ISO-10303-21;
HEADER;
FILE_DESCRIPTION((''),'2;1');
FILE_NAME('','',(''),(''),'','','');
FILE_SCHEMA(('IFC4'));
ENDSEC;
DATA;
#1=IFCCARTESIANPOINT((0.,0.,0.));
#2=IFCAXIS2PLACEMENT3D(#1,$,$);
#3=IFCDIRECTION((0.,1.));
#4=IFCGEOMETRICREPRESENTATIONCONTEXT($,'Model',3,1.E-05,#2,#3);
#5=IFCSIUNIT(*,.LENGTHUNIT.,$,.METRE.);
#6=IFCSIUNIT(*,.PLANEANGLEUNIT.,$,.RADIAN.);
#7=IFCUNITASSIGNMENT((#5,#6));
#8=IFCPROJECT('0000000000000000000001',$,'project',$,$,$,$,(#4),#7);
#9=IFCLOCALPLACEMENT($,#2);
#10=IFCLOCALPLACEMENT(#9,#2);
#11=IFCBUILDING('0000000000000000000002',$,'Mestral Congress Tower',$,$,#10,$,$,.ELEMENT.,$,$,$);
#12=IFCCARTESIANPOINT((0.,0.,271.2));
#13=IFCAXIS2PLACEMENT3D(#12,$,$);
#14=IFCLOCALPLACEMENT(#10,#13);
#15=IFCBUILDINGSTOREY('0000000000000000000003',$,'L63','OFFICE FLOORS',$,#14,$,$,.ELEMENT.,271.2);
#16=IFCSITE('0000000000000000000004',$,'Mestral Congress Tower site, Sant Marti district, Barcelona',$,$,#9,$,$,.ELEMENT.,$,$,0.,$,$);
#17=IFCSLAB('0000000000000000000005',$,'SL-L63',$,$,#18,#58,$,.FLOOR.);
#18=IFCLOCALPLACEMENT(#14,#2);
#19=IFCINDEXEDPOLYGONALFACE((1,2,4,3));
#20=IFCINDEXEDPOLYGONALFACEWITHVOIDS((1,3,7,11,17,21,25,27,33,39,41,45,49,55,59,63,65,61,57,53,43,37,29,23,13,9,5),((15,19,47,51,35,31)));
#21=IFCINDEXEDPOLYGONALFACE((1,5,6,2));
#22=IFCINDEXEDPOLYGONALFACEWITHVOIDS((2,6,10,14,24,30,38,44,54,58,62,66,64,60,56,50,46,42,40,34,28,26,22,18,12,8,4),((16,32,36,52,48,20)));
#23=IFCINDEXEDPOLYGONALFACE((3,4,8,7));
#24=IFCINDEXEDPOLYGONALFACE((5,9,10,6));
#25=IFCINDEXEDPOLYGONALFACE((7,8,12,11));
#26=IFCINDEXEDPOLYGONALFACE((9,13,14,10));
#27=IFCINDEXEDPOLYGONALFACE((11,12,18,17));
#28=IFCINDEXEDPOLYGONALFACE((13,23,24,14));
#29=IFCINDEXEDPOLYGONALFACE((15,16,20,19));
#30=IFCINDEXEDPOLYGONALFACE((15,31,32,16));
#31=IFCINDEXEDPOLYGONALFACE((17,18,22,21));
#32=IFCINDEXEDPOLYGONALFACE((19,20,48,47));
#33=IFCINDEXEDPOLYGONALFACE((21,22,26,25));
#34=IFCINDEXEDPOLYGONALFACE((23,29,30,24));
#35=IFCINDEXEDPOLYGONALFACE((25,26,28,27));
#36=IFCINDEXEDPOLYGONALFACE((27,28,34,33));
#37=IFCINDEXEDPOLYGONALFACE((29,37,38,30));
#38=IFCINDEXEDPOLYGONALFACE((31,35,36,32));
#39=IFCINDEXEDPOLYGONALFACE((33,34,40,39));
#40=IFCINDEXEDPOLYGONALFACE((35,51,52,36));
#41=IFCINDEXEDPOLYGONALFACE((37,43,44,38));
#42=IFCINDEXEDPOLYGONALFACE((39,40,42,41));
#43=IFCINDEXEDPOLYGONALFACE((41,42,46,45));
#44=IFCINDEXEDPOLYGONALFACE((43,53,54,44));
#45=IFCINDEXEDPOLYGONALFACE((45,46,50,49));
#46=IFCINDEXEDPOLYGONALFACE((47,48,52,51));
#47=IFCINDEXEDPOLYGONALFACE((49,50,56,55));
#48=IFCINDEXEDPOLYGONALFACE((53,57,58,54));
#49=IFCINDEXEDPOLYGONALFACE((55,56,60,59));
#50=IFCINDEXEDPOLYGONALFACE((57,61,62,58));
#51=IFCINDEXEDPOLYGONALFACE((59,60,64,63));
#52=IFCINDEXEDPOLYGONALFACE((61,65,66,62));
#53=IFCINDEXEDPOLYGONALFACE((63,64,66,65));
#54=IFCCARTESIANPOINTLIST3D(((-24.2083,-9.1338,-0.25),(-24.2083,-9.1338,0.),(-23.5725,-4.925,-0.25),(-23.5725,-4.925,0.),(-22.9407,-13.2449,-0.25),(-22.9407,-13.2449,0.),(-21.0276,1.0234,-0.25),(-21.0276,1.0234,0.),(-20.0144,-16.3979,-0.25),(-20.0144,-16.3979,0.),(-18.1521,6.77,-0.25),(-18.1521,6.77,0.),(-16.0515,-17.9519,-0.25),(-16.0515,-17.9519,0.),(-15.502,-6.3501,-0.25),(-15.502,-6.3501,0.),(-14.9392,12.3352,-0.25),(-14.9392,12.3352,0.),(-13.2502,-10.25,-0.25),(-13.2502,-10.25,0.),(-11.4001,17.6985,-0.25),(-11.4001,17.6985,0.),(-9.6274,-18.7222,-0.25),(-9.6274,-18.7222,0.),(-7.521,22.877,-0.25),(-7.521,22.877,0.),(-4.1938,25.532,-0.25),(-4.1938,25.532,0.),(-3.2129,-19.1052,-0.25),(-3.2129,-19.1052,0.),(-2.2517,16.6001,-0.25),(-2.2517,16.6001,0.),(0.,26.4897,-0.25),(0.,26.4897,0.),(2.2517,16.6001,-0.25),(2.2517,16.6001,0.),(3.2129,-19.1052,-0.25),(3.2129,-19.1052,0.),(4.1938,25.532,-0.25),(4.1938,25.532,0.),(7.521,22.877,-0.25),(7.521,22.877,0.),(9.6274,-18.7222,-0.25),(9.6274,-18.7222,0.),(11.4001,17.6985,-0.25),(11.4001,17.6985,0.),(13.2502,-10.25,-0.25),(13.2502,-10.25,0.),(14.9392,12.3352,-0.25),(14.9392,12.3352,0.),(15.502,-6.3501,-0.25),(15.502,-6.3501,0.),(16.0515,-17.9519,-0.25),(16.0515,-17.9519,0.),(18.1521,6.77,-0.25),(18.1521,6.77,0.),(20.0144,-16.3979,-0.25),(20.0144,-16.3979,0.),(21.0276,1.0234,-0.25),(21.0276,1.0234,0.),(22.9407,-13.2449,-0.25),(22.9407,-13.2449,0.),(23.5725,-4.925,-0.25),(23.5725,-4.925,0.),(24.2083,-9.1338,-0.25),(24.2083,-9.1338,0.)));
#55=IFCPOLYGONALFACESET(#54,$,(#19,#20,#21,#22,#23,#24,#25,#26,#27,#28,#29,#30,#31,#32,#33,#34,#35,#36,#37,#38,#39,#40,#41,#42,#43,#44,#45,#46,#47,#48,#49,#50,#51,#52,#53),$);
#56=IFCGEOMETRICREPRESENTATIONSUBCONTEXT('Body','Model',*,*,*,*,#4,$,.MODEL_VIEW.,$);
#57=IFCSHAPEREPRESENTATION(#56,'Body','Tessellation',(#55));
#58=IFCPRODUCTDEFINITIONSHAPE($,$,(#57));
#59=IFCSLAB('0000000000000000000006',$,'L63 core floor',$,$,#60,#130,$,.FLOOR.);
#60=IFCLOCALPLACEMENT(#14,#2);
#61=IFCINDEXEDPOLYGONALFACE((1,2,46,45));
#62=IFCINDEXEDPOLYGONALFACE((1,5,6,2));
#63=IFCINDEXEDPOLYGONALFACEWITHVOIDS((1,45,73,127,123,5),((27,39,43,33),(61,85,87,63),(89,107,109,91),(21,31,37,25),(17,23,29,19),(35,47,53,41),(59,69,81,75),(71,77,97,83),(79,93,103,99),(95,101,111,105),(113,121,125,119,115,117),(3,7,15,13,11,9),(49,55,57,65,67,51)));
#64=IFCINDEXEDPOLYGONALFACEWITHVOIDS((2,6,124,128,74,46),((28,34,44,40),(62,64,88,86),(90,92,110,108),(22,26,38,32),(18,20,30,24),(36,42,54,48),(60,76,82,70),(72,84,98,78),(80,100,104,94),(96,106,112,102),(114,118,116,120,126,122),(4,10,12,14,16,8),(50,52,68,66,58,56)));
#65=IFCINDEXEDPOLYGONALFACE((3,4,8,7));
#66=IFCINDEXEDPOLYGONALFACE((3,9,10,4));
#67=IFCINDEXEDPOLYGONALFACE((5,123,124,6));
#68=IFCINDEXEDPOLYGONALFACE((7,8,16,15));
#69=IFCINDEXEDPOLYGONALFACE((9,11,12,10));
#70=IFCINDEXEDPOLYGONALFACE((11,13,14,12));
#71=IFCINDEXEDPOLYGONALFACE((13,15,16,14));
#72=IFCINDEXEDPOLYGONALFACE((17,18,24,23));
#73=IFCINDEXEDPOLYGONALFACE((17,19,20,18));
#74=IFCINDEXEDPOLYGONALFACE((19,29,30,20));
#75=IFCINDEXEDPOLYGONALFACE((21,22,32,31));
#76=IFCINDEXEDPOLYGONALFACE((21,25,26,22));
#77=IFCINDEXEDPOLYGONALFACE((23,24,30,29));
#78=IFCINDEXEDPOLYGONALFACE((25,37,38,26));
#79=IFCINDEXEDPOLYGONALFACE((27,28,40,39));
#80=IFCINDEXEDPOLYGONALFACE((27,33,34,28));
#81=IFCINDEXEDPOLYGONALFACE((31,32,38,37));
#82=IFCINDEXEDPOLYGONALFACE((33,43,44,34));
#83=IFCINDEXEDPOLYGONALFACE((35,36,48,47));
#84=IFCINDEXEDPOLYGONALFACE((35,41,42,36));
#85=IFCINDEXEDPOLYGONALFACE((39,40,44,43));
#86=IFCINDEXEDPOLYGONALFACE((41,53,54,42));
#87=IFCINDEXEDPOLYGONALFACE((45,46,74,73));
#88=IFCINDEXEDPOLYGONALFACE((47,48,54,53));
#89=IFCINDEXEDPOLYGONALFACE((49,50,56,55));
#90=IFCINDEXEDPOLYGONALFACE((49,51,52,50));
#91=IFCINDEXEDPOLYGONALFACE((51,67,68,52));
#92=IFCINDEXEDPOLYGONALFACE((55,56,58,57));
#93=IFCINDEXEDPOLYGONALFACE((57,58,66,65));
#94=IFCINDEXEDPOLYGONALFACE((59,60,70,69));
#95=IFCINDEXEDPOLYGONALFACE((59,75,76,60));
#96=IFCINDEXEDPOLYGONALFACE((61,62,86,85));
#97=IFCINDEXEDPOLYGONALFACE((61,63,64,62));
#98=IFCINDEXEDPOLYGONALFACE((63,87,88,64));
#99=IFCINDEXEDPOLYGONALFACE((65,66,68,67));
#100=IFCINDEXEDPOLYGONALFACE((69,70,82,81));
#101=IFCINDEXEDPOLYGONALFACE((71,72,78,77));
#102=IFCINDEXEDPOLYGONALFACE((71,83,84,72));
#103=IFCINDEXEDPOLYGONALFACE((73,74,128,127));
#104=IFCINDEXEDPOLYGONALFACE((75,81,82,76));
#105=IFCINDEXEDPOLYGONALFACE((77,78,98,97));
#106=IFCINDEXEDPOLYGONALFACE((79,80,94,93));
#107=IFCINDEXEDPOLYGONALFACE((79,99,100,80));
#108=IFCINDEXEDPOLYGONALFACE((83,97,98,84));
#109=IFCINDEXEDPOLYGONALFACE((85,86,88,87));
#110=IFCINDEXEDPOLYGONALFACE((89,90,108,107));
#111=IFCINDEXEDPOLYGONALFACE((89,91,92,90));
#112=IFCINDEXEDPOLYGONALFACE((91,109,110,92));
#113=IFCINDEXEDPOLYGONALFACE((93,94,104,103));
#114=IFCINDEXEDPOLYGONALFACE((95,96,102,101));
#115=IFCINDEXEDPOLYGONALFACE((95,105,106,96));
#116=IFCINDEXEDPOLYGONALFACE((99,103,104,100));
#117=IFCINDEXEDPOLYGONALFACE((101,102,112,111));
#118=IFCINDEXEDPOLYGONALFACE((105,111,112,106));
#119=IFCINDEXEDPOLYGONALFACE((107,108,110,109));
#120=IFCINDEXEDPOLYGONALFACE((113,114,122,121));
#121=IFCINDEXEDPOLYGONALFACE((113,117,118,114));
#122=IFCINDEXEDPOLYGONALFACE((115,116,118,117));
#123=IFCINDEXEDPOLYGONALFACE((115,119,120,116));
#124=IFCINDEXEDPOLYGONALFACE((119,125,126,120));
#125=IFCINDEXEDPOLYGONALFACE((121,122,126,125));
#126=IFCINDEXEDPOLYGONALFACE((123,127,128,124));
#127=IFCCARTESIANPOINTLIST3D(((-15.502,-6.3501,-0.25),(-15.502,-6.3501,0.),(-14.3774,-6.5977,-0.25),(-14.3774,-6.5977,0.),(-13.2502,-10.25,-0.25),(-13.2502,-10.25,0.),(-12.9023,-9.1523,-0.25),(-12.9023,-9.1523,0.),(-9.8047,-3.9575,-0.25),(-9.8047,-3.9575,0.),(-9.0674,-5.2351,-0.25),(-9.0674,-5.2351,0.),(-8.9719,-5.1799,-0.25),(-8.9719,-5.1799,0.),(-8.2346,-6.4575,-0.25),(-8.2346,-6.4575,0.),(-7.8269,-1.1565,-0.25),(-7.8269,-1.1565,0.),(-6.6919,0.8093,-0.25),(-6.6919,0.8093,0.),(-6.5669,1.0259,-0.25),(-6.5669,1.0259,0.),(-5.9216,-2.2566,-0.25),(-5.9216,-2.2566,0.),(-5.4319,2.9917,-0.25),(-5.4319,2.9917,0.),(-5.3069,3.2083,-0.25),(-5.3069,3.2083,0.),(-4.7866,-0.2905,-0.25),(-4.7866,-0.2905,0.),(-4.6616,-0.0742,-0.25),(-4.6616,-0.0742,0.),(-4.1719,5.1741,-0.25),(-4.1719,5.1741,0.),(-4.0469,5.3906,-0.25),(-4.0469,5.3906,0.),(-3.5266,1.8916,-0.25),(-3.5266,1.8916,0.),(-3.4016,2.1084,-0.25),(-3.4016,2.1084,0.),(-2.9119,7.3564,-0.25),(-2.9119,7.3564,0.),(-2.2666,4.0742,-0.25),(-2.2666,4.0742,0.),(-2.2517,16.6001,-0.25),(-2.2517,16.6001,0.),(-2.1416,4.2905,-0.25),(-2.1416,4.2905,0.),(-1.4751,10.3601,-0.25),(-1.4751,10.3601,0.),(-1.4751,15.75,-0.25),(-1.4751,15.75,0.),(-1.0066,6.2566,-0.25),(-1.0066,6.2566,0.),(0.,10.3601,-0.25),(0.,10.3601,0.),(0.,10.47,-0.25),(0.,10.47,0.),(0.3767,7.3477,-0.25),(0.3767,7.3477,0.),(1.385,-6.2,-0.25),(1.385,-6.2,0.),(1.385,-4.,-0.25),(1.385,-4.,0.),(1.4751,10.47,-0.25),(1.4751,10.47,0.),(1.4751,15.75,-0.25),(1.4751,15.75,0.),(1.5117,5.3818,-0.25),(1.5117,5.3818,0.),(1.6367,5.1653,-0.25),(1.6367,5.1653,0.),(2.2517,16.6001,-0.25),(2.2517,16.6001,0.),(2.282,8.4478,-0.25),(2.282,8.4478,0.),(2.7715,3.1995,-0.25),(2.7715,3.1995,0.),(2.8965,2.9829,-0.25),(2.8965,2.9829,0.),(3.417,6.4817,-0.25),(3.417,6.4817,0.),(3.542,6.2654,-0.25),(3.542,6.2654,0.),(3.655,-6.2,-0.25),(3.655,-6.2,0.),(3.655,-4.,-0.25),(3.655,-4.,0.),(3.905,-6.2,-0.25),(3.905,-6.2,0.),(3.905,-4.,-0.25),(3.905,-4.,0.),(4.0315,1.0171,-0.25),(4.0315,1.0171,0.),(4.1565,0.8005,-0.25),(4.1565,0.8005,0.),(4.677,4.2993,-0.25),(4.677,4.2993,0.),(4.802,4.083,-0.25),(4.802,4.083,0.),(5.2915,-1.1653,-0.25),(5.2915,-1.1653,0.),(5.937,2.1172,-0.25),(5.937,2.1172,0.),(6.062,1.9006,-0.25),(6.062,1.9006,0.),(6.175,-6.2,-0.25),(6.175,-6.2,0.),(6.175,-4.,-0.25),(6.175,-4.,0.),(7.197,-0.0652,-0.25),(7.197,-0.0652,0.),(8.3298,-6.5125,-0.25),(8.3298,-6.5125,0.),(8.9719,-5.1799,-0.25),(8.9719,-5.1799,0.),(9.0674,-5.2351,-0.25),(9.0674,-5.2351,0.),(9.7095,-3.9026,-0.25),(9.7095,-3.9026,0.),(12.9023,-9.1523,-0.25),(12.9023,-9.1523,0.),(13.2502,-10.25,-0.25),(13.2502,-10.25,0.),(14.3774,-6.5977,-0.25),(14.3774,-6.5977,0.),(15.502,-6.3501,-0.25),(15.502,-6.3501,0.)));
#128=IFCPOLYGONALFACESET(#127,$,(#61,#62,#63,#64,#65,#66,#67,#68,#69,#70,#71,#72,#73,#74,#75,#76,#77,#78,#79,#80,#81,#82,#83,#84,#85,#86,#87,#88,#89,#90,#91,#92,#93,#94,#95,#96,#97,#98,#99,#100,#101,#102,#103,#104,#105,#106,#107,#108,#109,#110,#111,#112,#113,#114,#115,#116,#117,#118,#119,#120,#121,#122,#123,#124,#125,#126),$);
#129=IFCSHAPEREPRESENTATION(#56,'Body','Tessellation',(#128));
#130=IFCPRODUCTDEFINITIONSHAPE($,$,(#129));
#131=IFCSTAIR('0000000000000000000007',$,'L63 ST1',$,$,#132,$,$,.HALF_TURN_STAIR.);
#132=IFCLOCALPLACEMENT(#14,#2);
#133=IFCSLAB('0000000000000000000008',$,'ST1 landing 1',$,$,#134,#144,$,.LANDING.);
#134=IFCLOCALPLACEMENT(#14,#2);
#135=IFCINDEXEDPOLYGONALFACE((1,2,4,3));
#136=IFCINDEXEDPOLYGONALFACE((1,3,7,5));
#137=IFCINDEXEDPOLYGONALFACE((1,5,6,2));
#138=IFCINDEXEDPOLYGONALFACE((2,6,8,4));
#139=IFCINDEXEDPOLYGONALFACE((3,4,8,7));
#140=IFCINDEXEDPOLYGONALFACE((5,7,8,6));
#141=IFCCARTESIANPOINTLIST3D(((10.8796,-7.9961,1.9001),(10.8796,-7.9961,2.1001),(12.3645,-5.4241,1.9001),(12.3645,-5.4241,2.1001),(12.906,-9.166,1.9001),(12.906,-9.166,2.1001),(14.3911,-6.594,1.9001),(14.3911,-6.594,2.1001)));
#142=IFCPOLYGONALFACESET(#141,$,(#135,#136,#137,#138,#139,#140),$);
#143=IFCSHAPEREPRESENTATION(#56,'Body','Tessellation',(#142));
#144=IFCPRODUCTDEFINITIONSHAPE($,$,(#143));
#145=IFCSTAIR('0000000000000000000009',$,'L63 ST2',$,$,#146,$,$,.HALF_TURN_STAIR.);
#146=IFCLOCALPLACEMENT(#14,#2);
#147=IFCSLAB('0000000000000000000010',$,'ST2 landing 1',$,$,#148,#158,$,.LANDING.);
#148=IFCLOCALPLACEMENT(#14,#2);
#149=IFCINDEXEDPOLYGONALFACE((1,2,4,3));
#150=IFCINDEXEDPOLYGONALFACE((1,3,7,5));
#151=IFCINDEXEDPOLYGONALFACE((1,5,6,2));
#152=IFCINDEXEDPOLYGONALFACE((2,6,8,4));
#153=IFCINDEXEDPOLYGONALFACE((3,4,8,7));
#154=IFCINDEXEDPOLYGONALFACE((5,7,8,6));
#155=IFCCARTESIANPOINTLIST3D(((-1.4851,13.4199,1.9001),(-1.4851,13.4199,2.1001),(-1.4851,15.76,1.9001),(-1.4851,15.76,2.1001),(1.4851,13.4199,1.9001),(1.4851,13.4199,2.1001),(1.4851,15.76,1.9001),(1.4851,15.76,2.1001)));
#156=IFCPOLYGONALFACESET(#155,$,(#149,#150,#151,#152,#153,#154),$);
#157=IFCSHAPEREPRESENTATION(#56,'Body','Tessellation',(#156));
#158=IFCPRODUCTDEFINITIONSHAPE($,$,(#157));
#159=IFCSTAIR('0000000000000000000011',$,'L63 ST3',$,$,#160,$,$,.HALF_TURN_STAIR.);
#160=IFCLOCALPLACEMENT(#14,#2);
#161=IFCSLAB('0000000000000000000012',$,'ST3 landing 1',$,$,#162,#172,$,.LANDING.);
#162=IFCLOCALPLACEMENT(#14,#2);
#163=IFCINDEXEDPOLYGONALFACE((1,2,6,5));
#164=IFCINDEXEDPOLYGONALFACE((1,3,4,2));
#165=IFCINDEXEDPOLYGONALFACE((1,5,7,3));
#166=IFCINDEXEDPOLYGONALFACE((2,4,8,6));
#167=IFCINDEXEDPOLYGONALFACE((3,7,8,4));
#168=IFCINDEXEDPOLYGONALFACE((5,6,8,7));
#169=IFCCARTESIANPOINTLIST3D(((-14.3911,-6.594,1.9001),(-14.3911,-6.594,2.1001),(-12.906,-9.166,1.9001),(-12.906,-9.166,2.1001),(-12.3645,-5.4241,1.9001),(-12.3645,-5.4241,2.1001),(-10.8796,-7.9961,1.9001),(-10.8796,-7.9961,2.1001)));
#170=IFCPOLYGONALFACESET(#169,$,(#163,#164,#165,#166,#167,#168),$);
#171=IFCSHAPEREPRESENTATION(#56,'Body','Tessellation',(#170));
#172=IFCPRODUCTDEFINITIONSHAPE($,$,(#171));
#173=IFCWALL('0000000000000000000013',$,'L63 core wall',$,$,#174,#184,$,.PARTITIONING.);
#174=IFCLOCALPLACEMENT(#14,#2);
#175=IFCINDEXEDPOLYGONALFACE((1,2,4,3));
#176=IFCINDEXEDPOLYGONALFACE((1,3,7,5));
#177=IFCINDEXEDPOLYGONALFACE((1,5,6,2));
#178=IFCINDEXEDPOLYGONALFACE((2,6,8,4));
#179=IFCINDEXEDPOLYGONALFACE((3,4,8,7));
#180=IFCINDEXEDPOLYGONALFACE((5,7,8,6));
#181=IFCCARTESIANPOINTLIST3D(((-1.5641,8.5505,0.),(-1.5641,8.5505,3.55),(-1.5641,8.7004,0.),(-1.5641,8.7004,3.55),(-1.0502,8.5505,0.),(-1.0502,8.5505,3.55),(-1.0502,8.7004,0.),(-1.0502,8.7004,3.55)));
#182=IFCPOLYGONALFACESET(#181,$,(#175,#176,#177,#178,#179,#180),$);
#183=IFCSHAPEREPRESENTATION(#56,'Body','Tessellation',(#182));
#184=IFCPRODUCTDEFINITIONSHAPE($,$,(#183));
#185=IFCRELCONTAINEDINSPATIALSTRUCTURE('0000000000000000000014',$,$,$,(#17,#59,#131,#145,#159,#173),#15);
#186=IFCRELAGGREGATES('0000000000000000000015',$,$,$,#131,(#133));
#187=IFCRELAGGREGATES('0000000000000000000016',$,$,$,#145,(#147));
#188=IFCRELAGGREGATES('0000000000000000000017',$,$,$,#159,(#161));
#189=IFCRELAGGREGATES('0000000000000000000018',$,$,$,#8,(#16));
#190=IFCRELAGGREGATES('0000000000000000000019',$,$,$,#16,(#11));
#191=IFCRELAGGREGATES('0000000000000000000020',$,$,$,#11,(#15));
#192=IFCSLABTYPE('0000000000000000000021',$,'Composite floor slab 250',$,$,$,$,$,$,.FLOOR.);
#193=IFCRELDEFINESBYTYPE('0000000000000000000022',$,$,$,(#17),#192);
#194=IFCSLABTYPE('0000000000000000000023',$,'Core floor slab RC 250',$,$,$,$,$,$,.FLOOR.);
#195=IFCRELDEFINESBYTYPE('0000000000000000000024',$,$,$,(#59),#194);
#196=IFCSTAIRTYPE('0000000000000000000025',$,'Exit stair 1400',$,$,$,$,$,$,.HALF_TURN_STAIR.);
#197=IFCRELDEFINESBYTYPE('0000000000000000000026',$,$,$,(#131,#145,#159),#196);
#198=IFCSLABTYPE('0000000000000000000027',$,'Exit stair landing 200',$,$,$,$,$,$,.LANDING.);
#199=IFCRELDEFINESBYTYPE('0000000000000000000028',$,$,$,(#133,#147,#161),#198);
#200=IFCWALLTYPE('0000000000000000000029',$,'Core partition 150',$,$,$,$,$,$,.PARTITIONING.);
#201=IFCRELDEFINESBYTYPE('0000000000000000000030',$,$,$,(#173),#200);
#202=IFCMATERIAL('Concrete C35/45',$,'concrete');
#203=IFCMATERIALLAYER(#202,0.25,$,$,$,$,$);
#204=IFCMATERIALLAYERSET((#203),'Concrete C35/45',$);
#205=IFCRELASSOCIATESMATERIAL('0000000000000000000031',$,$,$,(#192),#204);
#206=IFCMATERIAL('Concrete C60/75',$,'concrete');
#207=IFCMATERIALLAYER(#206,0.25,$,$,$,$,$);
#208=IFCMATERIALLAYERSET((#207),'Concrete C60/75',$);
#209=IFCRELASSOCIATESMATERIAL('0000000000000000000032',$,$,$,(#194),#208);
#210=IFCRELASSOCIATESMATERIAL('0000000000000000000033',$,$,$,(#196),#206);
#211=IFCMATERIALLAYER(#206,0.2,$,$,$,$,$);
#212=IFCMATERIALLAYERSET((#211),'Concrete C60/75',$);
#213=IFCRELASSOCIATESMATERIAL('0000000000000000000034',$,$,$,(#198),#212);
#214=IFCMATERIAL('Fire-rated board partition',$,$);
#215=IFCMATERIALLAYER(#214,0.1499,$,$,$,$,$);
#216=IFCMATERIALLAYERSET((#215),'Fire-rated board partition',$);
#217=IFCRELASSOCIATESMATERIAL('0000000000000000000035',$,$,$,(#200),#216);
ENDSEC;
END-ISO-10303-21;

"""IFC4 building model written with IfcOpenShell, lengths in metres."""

from ifc_helpers import new_model, si_unit, direction, frame, frame_2d, origin, place, context, subcontext, project, spatial, polyline, rectangle, outline, extrude, material, layer, layer_set, type_object, element, aggregate, save


model = new_model("IFC4")

# Units and contexts
model_context = context("Model", 3, precision=1e-05, world=origin(), true_north=direction((0.0, 1.0)))
body_context = subcontext(model_context, "Body", "Model", "MODEL_VIEW")
ifc_project = project(units=[si_unit("LENGTHUNIT", "METRE"), si_unit("PLANEANGLEUNIT", "RADIAN")], contexts=[model_context])

# Site, building, storey
site_placement = place(None, origin())
site = spatial("IfcSite", under=ifc_project, at=site_placement, Name="Mestral Congress Tower site, Sant Marti district, Barcelona", CompositionType="ELEMENT", RefElevation=0.0)
building_placement = place(site_placement, origin())
building = spatial("IfcBuilding", under=site, at=building_placement, Name="Mestral Congress Tower", CompositionType="ELEMENT")
storey_placement = place(building_placement, frame((0.0, 0.0, 271.2)))
storey = spatial("IfcBuildingStorey", under=building, at=storey_placement, Name="L63", Description="OFFICE FLOORS", CompositionType="ELEMENT", Elevation=271.2)

# Slabs
ifc_material_1 = material(Name="Concrete C35/45", Category="concrete")
ifc_layer_1 = layer(ifc_material_1, 0.25)
ifc_layer_set_1 = layer_set([ifc_layer_1], Name="Concrete C35/45")
slab_type_1 = type_object("IfcSlabType", Name="Composite floor slab 250", PredefinedType="FLOOR", material=ifc_layer_set_1)
placement_1 = place(storey_placement, frame((0.0, 0.0, -0.25)))
element("IfcSlab", 1, at=placement_1, inside=storey, type_object=slab_type_1, Name="SL-L63", PredefinedType="FLOOR", context=body_context, shape_type="SweptSolid", body=[
    extrude(outline(polyline([(-16.0515, -17.9519), (-20.0144, -16.3979), (-22.9407, -13.2449), (-24.2083, -9.1338), (-23.5725, -4.925), (-21.0276, 1.0234), (-18.1521, 6.77), (-14.9392, 12.3352), (-11.4001, 17.6985), (-7.521, 22.877), (-4.1938, 25.532), (0.0, 26.4897), (4.1938, 25.532), (7.521, 22.877), (11.4001, 17.6985), (14.9392, 12.3352), (18.1521, 6.77), (21.0276, 1.0234), (23.5725, -4.925), (24.2083, -9.1338), (22.9407, -13.2449), (20.0144, -16.3979), (16.0515, -17.9519), (9.6274, -18.7222), (3.2129, -19.1052), (-3.2129, -19.1052), (-9.6274, -18.7222), (-16.0515, -17.9519)]), holes=[polyline([(-2.2517, 16.6001), (-15.502, -6.3501), (-13.2502, -10.25), (13.2502, -10.25), (15.502, -6.3501), (2.2517, 16.6001), (-2.2517, 16.6001)])]), origin(), (0.0, 0.0, 1.0), 0.25),
])
ifc_material_2 = material(Name="Concrete C60/75", Category="concrete")
ifc_layer_2 = layer(ifc_material_2, 0.25)
ifc_layer_set_2 = layer_set([ifc_layer_2], Name="Concrete C60/75")
slab_type_2 = type_object("IfcSlabType", Name="Core floor slab RC 250", PredefinedType="FLOOR", material=ifc_layer_set_2)
element("IfcSlab", 2, at=placement_1, inside=storey, type_object=slab_type_2, Name="L63 core floor", PredefinedType="FLOOR", context=body_context, shape_type="SweptSolid", body=[
    extrude(outline(polyline([(13.2502, -10.25), (-13.2502, -10.25), (-15.502, -6.3501), (-2.2517, 16.6001), (2.2517, 16.6001), (15.502, -6.3501), (13.2502, -10.25)]), holes=[polyline([(-14.3774, -6.5977), (-12.9023, -9.1523), (-8.2346, -6.4575), (-8.9719, -5.1799), (-9.0674, -5.2351), (-9.8047, -3.9575), (-14.3774, -6.5977)]), polyline([(-5.9216, -2.2566), (-4.7866, -0.2905), (-6.6919, 0.8093), (-7.8269, -1.1565), (-5.9216, -2.2566)]), polyline([(-4.6616, -0.0742), (-3.5266, 1.8916), (-5.4319, 2.9917), (-6.5669, 1.0259), (-4.6616, -0.0742)]), polyline([(-2.2666, 4.0742), (-4.1719, 5.1741), (-5.3069, 3.2083), (-3.4016, 2.1084), (-2.2666, 4.0742)]), polyline([(-2.1416, 4.2905), (-1.0066, 6.2566), (-2.9119, 7.3564), (-4.0469, 5.3906), (-2.1416, 4.2905)]), polyline([(0.3767, 7.3477), (1.5117, 5.3818), (3.417, 6.4817), (2.282, 8.4478), (0.3767, 7.3477)]), polyline([(1.4751, 15.75), (-1.4751, 15.75), (-1.4751, 10.3601), (0.0, 10.3601), (0.0, 10.47), (1.4751, 10.47), (1.4751, 15.75)]), polyline([(8.3298, -6.5125), (12.9023, -9.1523), (14.3774, -6.5977), (9.7095, -3.9026), (8.9719, -5.1799), (9.0674, -5.2351), (8.3298, -6.5125)]), polyline([(3.655, -4.0), (1.385, -4.0), (1.385, -6.2), (3.655, -6.2), (3.655, -4.0)]), polyline([(6.175, -4.0), (3.905, -4.0), (3.905, -6.2), (6.175, -6.2), (6.175, -4.0)]), polyline([(4.1565, 0.8005), (5.2915, -1.1653), (7.197, -0.0652), (6.062, 1.9006), (4.1565, 0.8005)]), polyline([(2.8965, 2.9829), (4.0315, 1.0171), (5.937, 2.1172), (4.802, 4.083), (2.8965, 2.9829)]), polyline([(1.6367, 5.1653), (2.7715, 3.1995), (4.677, 4.2993), (3.542, 6.2654), (1.6367, 5.1653)])]), origin(), (0.0, 0.0, 1.0), 0.25),
])

# Stairs, slabs
stair_type = type_object("IfcStairType", Name="Exit stair 1400", PredefinedType="HALF_TURN_STAIR", material=ifc_material_2)
placement_2 = place(storey_placement, origin())
stair_1 = element("IfcStair", 3, at=placement_2, inside=storey, type_object=stair_type, Name="L63 ST1", PredefinedType="HALF_TURN_STAIR")
ifc_layer_3 = layer(ifc_material_2, 0.2)
ifc_layer_set_3 = layer_set([ifc_layer_3], Name="Concrete C60/75")
slab_type_3 = type_object("IfcSlabType", Name="Exit stair landing 200", PredefinedType="LANDING", material=ifc_layer_set_3)
placement_3 = place(storey_placement, frame((0.0, 0.0, 1.9001)))
slab_1 = element("IfcSlab", 4, at=placement_3, type_object=slab_type_3, Name="ST1 landing 1", PredefinedType="LANDING", context=body_context, shape_type="SweptSolid", body=[
    extrude(outline(polyline([(10.8796, -7.9961), (12.3645, -5.4241), (14.3911, -6.594), (12.906, -9.166), (10.8796, -7.9961)])), origin(), (0.0, 0.0, 1.0), 0.2),
])
aggregate(stair_1, [slab_1])
stair_2 = element("IfcStair", 5, at=placement_2, inside=storey, type_object=stair_type, Name="L63 ST2", PredefinedType="HALF_TURN_STAIR")
slab_2 = element("IfcSlab", 6, at=placement_3, type_object=slab_type_3, Name="ST2 landing 1", PredefinedType="LANDING", context=body_context, shape_type="SweptSolid", body=[
    extrude(outline(polyline([(1.4851, 13.4199), (-1.4851, 13.4199), (-1.4851, 15.76), (1.4851, 15.76), (1.4851, 13.4199)])), origin(), (0.0, 0.0, 1.0), 0.2),
])
aggregate(stair_2, [slab_2])
stair_3 = element("IfcStair", 7, at=placement_2, inside=storey, type_object=stair_type, Name="L63 ST3", PredefinedType="HALF_TURN_STAIR")
slab_3 = element("IfcSlab", 8, at=placement_3, type_object=slab_type_3, Name="ST3 landing 1", PredefinedType="LANDING", context=body_context, shape_type="SweptSolid", body=[
    extrude(outline(polyline([(-12.3645, -5.4241), (-10.8796, -7.9961), (-12.906, -9.166), (-14.3911, -6.594), (-12.3645, -5.4241)])), origin(), (0.0, 0.0, 1.0), 0.2),
])
aggregate(stair_3, [slab_3])

# Wall
ifc_material_3 = material(Name="Fire-rated board partition")
ifc_layer_4 = layer(ifc_material_3, 0.1499)
ifc_layer_set_4 = layer_set([ifc_layer_4], Name="Fire-rated board partition")
wall_type_1 = type_object("IfcWallType", Name="Core partition 150", PredefinedType="PARTITIONING", material=ifc_layer_set_4)
wall_1_placement = place(storey_placement, frame((-1.564, 8.6255, 0.0), z_axis=(0.0, 0.0, 1.0), x_axis=(1.0, 0.0, 0.0)))
element("IfcWall", 9, at=wall_1_placement, inside=storey, type_object=wall_type_1, Name="L63 core wall", PredefinedType="PARTITIONING", context=body_context, shape_type="SweptSolid", body=[
    extrude(rectangle(XDim=0.5139, YDim=0.1499, at=frame_2d((0.2568, 0.0))), origin(), (0.0, 0.0, 1.0), 3.55),
])

save(model, "model.ifc")
